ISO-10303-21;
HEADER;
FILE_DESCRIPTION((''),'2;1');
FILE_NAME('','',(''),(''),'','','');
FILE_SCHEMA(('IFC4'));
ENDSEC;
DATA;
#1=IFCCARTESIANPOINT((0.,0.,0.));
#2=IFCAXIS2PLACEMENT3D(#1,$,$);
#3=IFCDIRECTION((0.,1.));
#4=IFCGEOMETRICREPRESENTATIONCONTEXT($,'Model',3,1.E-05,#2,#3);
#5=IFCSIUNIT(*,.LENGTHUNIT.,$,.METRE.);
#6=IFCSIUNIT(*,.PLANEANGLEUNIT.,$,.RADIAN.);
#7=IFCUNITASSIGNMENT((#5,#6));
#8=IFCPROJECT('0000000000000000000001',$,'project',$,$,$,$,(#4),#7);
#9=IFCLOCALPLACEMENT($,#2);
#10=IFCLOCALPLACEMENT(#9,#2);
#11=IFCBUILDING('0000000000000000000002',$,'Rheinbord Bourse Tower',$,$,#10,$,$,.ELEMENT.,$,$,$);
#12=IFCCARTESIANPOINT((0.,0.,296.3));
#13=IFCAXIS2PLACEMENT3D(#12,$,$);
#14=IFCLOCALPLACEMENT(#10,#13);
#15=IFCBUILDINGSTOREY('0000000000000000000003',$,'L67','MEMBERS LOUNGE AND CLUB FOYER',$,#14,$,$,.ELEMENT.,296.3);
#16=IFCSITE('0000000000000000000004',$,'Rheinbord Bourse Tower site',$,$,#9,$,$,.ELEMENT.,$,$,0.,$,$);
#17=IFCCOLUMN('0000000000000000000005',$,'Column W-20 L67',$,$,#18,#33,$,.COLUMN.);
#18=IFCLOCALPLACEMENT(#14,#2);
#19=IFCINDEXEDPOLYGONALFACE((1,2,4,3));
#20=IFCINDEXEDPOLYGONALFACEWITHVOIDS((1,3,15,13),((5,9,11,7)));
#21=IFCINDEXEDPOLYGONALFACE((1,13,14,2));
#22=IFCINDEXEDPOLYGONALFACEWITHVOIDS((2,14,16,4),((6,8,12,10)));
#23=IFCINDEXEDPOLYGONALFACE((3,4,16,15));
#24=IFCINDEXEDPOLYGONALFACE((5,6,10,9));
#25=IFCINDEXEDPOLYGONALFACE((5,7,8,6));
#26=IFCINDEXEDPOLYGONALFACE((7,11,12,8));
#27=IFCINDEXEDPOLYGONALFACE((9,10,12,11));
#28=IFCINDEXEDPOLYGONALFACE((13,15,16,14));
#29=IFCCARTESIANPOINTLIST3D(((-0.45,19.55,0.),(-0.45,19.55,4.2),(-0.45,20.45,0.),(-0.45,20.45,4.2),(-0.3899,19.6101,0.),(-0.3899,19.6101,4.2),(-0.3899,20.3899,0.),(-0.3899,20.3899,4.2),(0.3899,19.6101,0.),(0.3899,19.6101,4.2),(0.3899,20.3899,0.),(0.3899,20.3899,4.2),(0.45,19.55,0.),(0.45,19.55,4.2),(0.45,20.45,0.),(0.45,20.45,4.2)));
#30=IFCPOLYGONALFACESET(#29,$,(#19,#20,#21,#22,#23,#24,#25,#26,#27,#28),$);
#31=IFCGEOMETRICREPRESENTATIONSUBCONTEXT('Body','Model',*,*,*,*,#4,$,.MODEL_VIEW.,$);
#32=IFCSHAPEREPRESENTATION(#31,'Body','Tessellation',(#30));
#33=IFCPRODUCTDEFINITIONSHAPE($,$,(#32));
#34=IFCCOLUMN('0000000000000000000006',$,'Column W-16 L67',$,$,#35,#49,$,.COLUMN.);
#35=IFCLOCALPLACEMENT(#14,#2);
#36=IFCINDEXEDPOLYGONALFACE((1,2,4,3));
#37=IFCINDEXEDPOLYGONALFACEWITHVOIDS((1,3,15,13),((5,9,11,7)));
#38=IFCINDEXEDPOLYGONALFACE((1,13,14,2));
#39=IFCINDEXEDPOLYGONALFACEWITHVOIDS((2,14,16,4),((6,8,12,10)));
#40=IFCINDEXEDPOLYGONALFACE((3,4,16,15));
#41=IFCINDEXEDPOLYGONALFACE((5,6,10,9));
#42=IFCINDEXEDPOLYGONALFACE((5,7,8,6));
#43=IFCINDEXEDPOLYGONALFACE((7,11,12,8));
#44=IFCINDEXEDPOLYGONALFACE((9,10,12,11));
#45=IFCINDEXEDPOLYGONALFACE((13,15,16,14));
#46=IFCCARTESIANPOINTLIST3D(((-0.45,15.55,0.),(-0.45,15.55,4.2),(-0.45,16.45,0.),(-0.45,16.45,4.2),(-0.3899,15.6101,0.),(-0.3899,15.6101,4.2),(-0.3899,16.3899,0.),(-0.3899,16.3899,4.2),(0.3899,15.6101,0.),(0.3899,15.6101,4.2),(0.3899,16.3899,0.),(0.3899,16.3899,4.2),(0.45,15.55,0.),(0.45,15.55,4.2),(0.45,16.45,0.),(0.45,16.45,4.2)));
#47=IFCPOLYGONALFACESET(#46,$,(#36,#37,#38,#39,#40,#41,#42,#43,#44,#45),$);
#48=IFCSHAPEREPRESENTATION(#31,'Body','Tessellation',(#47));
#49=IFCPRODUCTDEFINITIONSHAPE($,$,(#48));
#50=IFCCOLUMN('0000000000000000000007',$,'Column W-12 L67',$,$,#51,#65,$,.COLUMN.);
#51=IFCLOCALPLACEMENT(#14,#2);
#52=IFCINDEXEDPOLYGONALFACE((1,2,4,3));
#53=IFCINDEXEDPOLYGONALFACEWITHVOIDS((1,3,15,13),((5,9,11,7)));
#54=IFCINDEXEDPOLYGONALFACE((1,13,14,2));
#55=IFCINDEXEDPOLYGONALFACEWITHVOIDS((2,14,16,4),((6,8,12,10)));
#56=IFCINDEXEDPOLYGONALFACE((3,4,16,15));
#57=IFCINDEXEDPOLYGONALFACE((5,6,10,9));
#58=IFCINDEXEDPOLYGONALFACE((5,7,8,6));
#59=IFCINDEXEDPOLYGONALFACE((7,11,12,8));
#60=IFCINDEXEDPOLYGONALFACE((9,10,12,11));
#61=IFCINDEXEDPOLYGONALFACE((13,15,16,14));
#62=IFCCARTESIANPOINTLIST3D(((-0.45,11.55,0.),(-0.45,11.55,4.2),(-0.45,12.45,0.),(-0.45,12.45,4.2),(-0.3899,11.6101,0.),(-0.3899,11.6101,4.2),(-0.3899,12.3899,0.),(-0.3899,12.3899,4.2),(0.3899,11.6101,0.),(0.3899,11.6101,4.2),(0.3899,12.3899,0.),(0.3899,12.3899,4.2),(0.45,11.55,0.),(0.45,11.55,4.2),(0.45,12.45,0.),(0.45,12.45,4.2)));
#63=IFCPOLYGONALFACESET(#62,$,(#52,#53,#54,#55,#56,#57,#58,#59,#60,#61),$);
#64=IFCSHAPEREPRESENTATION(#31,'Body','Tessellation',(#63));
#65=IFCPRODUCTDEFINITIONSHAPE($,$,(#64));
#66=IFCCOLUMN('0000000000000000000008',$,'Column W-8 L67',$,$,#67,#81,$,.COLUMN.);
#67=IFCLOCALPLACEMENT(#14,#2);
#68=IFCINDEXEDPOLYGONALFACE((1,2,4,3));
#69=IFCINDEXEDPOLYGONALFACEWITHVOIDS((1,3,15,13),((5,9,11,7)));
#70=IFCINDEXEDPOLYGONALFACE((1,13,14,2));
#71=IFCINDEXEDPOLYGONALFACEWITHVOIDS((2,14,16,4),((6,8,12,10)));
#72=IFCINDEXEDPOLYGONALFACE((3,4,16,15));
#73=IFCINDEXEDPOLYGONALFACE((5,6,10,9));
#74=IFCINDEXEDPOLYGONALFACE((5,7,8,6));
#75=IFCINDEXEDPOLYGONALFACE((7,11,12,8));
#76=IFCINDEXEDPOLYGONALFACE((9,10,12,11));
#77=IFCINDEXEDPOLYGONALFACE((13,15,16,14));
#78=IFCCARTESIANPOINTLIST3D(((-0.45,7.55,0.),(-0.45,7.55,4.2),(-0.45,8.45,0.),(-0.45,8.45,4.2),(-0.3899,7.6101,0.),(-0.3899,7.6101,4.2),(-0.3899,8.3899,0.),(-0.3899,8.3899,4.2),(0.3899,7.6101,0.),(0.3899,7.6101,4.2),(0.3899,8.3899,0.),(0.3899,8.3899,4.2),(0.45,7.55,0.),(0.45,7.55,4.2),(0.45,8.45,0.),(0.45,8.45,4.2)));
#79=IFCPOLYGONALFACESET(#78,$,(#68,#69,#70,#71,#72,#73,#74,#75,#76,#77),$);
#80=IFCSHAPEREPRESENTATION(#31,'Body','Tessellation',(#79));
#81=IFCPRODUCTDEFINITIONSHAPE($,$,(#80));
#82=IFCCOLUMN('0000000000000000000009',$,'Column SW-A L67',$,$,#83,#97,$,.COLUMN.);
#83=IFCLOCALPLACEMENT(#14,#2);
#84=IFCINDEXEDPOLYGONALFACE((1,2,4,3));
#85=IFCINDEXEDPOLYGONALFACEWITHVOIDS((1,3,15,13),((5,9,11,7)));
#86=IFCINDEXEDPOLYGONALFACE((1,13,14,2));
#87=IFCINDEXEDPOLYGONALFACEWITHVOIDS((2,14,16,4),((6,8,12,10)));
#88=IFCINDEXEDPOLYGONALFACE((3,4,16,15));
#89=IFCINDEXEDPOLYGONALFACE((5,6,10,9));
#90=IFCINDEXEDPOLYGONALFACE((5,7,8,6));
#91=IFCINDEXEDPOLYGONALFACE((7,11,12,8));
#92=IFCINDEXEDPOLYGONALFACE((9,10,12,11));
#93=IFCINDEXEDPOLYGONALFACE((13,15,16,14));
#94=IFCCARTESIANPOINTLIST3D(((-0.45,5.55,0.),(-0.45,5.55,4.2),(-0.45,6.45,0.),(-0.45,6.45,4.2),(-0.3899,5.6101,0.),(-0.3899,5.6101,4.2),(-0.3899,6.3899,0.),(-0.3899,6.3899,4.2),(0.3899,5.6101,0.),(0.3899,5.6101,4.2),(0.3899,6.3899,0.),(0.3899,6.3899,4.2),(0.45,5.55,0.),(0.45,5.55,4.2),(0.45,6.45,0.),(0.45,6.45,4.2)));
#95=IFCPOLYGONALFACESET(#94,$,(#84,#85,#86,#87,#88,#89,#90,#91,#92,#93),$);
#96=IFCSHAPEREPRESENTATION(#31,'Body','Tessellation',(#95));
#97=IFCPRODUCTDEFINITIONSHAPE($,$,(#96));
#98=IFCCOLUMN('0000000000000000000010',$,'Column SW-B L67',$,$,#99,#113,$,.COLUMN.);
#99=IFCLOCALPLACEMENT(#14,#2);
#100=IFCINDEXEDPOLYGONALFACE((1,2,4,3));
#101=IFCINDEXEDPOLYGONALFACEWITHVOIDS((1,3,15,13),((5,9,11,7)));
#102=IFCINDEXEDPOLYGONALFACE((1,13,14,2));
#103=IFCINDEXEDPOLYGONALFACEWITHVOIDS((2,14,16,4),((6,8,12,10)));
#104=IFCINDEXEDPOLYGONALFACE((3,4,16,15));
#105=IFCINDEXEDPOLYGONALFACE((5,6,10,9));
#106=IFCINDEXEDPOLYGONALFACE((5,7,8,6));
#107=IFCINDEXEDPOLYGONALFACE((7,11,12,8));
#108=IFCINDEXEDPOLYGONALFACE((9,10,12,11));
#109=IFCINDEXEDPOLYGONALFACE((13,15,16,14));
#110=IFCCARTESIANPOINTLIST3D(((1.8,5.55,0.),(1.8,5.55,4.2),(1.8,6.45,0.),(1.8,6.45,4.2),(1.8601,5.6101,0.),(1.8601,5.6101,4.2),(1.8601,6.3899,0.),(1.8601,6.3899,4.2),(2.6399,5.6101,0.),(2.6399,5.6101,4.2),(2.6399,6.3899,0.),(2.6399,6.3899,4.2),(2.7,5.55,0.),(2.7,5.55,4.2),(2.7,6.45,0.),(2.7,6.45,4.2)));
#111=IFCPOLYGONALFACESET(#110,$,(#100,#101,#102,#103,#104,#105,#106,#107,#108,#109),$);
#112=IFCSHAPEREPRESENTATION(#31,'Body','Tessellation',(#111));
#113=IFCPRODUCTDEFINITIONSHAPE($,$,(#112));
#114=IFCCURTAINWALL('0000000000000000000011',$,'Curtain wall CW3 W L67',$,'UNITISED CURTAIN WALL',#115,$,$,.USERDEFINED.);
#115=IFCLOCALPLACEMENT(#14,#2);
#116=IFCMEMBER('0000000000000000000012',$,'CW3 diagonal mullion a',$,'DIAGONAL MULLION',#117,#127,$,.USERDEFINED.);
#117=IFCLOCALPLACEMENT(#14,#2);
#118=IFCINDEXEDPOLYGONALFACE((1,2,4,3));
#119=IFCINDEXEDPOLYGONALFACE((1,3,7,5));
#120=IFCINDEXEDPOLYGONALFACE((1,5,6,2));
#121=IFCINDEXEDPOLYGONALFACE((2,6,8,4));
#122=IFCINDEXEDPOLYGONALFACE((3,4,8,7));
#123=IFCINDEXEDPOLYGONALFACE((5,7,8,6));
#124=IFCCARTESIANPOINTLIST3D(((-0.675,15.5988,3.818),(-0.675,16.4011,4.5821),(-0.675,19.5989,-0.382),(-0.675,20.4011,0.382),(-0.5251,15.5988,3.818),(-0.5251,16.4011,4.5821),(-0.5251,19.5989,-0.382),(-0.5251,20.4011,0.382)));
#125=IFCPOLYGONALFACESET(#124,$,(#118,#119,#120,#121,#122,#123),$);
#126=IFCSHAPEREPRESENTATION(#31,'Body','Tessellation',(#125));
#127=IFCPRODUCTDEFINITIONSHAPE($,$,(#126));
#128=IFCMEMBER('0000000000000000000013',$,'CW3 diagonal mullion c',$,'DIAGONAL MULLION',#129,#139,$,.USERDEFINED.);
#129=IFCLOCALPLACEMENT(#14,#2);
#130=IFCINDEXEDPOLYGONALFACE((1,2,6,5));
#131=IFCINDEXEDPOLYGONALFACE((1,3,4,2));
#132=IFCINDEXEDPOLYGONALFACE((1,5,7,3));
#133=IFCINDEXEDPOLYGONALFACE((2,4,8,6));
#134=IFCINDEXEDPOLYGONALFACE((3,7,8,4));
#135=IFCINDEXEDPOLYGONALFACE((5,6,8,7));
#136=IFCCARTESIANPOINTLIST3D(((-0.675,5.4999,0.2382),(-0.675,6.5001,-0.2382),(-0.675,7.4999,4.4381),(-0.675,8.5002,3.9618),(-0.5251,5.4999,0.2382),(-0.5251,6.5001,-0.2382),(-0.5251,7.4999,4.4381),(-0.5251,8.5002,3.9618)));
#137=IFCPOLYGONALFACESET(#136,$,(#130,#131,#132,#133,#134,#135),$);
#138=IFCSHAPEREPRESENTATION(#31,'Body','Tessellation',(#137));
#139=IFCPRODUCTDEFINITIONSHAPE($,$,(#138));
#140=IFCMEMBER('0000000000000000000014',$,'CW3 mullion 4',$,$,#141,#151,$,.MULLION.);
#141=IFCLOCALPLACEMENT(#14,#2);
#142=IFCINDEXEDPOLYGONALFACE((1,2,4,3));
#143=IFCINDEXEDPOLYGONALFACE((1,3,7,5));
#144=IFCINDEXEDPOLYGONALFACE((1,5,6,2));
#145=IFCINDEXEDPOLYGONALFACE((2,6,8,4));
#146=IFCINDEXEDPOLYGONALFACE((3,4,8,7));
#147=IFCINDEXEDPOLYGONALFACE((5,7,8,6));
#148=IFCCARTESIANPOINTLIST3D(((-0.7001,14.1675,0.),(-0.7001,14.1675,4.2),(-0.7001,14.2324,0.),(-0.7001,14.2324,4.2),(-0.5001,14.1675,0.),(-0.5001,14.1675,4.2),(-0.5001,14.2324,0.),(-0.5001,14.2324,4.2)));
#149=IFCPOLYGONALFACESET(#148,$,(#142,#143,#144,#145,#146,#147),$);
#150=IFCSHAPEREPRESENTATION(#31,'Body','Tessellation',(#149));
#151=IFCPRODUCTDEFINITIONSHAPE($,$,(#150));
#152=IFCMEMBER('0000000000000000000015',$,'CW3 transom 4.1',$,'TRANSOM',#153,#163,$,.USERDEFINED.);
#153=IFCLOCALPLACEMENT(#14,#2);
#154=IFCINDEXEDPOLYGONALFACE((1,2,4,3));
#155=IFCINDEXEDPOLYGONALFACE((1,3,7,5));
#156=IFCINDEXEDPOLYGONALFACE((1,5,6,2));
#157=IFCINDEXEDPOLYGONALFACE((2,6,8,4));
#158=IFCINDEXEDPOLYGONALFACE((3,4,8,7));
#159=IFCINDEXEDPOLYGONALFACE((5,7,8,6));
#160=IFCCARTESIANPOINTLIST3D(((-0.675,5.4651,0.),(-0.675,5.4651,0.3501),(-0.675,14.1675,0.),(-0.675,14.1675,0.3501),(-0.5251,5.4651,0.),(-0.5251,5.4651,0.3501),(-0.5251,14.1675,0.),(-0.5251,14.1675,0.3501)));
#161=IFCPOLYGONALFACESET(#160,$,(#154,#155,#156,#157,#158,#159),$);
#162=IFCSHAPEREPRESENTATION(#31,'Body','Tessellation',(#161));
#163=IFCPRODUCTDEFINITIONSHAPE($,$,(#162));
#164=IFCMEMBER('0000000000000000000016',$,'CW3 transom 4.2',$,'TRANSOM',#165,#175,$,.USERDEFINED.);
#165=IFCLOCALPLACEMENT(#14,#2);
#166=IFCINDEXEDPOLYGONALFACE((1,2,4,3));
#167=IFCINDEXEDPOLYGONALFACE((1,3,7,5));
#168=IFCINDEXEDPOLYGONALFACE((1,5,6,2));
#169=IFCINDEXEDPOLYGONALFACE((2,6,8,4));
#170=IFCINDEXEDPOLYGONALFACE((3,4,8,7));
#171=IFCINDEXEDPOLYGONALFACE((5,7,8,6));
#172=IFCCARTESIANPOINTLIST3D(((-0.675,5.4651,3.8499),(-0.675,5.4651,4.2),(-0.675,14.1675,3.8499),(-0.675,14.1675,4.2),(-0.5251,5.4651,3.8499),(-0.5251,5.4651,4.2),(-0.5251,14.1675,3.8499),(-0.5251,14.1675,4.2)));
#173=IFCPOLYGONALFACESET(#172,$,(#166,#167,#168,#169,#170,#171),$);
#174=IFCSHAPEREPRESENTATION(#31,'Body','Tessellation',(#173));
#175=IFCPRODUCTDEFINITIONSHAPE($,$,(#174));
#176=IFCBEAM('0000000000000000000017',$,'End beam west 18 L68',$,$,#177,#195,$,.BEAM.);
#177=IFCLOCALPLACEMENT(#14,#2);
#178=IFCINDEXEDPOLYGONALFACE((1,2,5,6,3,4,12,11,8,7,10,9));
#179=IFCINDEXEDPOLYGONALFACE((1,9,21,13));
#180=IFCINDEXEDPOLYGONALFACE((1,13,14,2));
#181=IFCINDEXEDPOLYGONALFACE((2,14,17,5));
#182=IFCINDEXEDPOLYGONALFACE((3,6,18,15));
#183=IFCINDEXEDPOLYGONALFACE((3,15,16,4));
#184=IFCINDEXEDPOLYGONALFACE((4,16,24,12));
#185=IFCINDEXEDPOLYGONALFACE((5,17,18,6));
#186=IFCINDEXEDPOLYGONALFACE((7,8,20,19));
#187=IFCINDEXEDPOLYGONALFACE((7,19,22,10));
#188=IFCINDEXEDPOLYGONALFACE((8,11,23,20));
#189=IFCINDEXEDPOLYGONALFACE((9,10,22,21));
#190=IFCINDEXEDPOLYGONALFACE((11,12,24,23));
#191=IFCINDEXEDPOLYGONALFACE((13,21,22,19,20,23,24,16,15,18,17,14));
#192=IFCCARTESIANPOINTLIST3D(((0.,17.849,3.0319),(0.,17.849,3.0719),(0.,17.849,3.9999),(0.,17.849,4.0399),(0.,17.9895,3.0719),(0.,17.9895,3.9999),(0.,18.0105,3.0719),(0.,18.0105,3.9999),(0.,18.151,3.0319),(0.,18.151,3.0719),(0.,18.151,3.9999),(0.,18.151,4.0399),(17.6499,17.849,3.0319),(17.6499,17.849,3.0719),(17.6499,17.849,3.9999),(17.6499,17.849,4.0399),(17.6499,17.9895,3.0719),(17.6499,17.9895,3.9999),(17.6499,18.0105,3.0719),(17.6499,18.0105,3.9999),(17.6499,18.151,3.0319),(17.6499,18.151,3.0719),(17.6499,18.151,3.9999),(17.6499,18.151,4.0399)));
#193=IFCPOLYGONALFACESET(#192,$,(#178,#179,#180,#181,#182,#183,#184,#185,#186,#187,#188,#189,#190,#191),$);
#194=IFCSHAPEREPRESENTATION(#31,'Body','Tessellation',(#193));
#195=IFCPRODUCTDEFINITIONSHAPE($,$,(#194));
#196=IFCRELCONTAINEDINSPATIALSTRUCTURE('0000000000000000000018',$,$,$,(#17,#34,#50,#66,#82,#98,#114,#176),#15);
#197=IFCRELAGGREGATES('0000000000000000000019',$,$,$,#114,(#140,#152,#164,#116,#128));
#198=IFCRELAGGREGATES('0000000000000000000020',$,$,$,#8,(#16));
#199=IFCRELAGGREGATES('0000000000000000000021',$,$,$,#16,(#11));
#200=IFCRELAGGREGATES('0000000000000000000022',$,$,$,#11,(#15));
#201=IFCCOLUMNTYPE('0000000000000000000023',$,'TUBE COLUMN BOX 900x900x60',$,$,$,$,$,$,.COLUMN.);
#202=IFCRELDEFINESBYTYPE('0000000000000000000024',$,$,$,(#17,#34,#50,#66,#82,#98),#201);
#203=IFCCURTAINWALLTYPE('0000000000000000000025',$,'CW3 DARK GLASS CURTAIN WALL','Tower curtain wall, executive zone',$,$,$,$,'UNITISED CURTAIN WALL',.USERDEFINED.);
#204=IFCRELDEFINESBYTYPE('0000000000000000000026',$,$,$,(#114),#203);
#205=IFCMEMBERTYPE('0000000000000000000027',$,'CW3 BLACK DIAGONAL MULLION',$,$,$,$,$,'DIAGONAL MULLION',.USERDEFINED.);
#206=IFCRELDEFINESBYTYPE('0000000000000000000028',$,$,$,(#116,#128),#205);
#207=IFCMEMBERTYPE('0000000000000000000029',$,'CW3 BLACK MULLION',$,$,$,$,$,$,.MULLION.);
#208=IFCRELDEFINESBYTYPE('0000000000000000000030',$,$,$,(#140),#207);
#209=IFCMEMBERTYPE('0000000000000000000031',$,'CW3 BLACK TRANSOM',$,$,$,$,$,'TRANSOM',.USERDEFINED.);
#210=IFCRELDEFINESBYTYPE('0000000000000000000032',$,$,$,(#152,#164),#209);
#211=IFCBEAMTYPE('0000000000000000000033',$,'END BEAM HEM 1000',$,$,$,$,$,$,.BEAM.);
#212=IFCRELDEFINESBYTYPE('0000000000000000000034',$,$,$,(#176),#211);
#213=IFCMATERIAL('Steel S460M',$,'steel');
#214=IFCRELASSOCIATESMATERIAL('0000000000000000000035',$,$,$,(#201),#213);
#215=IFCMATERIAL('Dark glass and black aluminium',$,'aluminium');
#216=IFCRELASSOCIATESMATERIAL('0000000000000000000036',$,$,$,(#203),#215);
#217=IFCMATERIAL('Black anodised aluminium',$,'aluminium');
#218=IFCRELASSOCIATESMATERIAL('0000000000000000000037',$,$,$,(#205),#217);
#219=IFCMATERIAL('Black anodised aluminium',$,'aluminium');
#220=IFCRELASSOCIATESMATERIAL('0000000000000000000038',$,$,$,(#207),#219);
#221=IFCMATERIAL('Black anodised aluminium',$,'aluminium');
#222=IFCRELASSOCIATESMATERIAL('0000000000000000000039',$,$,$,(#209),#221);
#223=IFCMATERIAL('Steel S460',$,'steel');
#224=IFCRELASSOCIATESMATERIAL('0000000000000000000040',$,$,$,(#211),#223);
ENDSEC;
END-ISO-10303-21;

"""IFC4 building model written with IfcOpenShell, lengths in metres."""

from ifc_helpers import new_model, si_unit, direction, frame, origin, origin_2d, place, context, subcontext, project, spatial, rectangle, hollow_rectangle, i_section, extrude, material, material_profile, profile_set, type_object, element, aggregate, save


model = new_model("IFC4")

# Units and contexts
model_context = context("Model", 3, precision=1e-05, world=origin(), true_north=direction((0.0, 1.0)))
body_context = subcontext(model_context, "Body", "Model", "MODEL_VIEW")
ifc_project = project(units=[si_unit("LENGTHUNIT", "METRE"), si_unit("PLANEANGLEUNIT", "RADIAN")], contexts=[model_context])

# Site, building, storey
site_placement = place(None, origin())
site = spatial("IfcSite", under=ifc_project, at=site_placement, Name="Rheinbord Bourse Tower site", CompositionType="ELEMENT", RefElevation=0.0)
building_placement = place(site_placement, origin())
building = spatial("IfcBuilding", under=site, at=building_placement, Name="Rheinbord Bourse Tower", CompositionType="ELEMENT")
storey_placement = place(building_placement, frame((0.0, 0.0, 296.3)))
storey = spatial("IfcBuildingStorey", under=building, at=storey_placement, Name="L67", Description="MEMBERS LOUNGE AND CLUB FOYER", CompositionType="ELEMENT", Elevation=296.3)

# Columns
ifc_material_1 = material(Name="Steel S460M", Category="steel")
ifc_material_profile_1 = material_profile(ifc_material_1, hollow_rectangle(XDim=0.8999, YDim=0.8999, WallThickness=0.0601, at=origin_2d()), Name="BOX 900x900x60")
ifc_profile_set_1 = profile_set([ifc_material_profile_1], Name="Steel S460M")
column_type = type_object("IfcColumnType", Name="TUBE COLUMN BOX 900x900x60", PredefinedType="COLUMN", material=ifc_profile_set_1)
for number, where, z_axis, x_axis, name in (
    (1, (0.0, 20.0, 0.0), (0.0, 0.0, 1.0), (1.0, 0.0, 0.0), "Column W-20 L67"),
    (2, (0.0, 16.0, 0.0), (0.0, 0.0, 1.0), (1.0, 0.0, 0.0), "Column W-16 L67"),
    (3, (0.0, 12.0, 0.0), (0.0, 0.0, 1.0), (1.0, 0.0, 0.0), "Column W-12 L67"),
    (4, (0.0, 8.0, 0.0), (0.0, 0.0, 1.0), (1.0, 0.0, 0.0), "Column W-8 L67"),
    (5, (0.0, 6.0, 0.0), (0.0, 0.0, 1.0), (1.0, 0.0, 0.0), "Column SW-A L67"),
    (6, (2.25, 6.0, 0.0), (0.0, 0.0, 1.0), (1.0, 0.0, 0.0), "Column SW-B L67"),
):
    element("IfcColumn", number, at=place(storey_placement, frame(where, z_axis=z_axis, x_axis=x_axis)), inside=storey, type_object=column_type, Name=name, PredefinedType="COLUMN", context=body_context, shape_type="SweptSolid", body=[
        extrude(hollow_rectangle(XDim=0.8999, YDim=0.8999, WallThickness=0.0601, at=origin_2d()), origin(), (0.0, 0.0, 1.0), 4.2),
    ])

# Curtain wall, members
ifc_material_2 = material(Name="Dark glass and black aluminium", Category="aluminium")
curtain_wall_type = type_object("IfcCurtainWallType", Name="CW3 DARK GLASS CURTAIN WALL", Description="Tower curtain wall, executive zone", ElementType="UNITISED CURTAIN WALL", PredefinedType="USERDEFINED", material=ifc_material_2)
curtain_wall_placement = place(storey_placement, origin())
curtain_wall = element("IfcCurtainWall", 7, at=curtain_wall_placement, inside=storey, type_object=curtain_wall_type, Name="Curtain wall CW3 W L67", ObjectType="UNITISED CURTAIN WALL", PredefinedType="USERDEFINED")
ifc_material_3 = material(Name="Black anodised aluminium", Category="aluminium")
ifc_material_profile_2 = material_profile(ifc_material_3, rectangle(XDim=0.1499, YDim=1.1079, at=origin_2d()), Name="CW3 DIAGONAL MULLION 1108x150")
ifc_profile_set_2 = profile_set([ifc_material_profile_2], Name="Black anodised aluminium")
member_type_1 = type_object("IfcMemberType", Name="CW3 BLACK DIAGONAL MULLION", ElementType="DIAGONAL MULLION", PredefinedType="USERDEFINED", material=ifc_profile_set_2)
member_1_placement = place(storey_placement, frame((-0.6001, 20.0, 0.0), z_axis=(0.0, -0.689659, 0.724134), x_axis=(1.0, 0.0, 0.0)))
member_1 = element("IfcMember", 8, at=member_1_placement, type_object=member_type_1, Name="CW3 diagonal mullion a", ObjectType="DIAGONAL MULLION", PredefinedType="USERDEFINED", context=body_context, shape_type="SweptSolid", body=[
    extrude(rectangle(XDim=0.1499, YDim=1.1079, at=origin_2d()), origin(), (0.0, 0.0, 1.0), 5.8),
])
member_2_placement = place(storey_placement, frame((-0.6001, 6.0, 0.0), z_axis=(0.0, 0.429938, 0.902859), x_axis=(-1.0, 0.0, 0.0)))
member_2 = element("IfcMember", 9, at=member_2_placement, type_object=member_type_1, Name="CW3 diagonal mullion c", ObjectType="DIAGONAL MULLION", PredefinedType="USERDEFINED", context=body_context, shape_type="SweptSolid", body=[
    extrude(rectangle(XDim=0.1499, YDim=1.1079, at=origin_2d()), origin(), (0.0, 0.0, 1.0), 4.6519),
])
ifc_material_4 = material(Name="Black anodised aluminium", Category="aluminium")
ifc_material_profile_3 = material_profile(ifc_material_4, rectangle(XDim=0.2, YDim=0.0649, at=origin_2d()), Name="CW3 MULLION 65x200")
ifc_profile_set_3 = profile_set([ifc_material_profile_3], Name="Black anodised aluminium")
member_type_2 = type_object("IfcMemberType", Name="CW3 BLACK MULLION", PredefinedType="MULLION", material=ifc_profile_set_3)
member_3_placement = place(storey_placement, frame((-0.6001, 14.2, 0.0), z_axis=(0.0, 0.0, 1.0), x_axis=(1.0, 0.0, 0.0)))
member_3 = element("IfcMember", 10, at=member_3_placement, type_object=member_type_2, Name="CW3 mullion 4", PredefinedType="MULLION", context=body_context, shape_type="SweptSolid", body=[
    extrude(rectangle(XDim=0.2, YDim=0.0649, at=origin_2d()), origin(), (0.0, 0.0, 1.0), 4.2),
])
ifc_material_5 = material(Name="Black anodised aluminium", Category="aluminium")
ifc_material_profile_4 = material_profile(ifc_material_5, rectangle(XDim=0.1499, YDim=0.3501, at=origin_2d()), Name="CW3 TRANSOM 350x150")
ifc_profile_set_4 = profile_set([ifc_material_profile_4], Name="Black anodised aluminium")
member_type_3 = type_object("IfcMemberType", Name="CW3 BLACK TRANSOM", ElementType="TRANSOM", PredefinedType="USERDEFINED", material=ifc_profile_set_4)
member_4_placement = place(storey_placement, frame((-0.6001, 14.1675, 0.175), z_axis=(0.0, -1.0, 0.0), x_axis=(1.0, 0.0, 0.0)))
member_4 = element("IfcMember", 11, at=member_4_placement, type_object=member_type_3, Name="CW3 transom 4.1", ObjectType="TRANSOM", PredefinedType="USERDEFINED", context=body_context, shape_type="SweptSolid", body=[
    extrude(rectangle(XDim=0.1499, YDim=0.3501, at=origin_2d()), origin(), (0.0, 0.0, 1.0), 8.7024),
])
member_5_placement = place(storey_placement, frame((-0.6001, 14.1675, 4.0249), z_axis=(0.0, -1.0, 0.0), x_axis=(1.0, 0.0, 0.0)))
member_5 = element("IfcMember", 12, at=member_5_placement, type_object=member_type_3, Name="CW3 transom 4.2", ObjectType="TRANSOM", PredefinedType="USERDEFINED", context=body_context, shape_type="SweptSolid", body=[
    extrude(rectangle(XDim=0.1499, YDim=0.3501, at=origin_2d()), origin(), (0.0, 0.0, 1.0), 8.7024),
])

# Beam
ifc_material_6 = material(Name="Steel S460", Category="steel")
ifc_material_profile_5 = material_profile(ifc_material_6, i_section(OverallWidth=0.302, OverallDepth=1.0081, WebThickness=0.021, FlangeThickness=0.04, at=origin_2d()), Name="HEM 1000")
ifc_profile_set_5 = profile_set([ifc_material_profile_5], Name="Steel S460")
beam_type_1 = type_object("IfcBeamType", Name="END BEAM HEM 1000", PredefinedType="BEAM", material=ifc_profile_set_5)
for number, where, z_axis, x_axis, name in (
    (13, (0.0, 18.0, 3.5359), (1.0, 0.0, 0.0), (0.0, 1.0, 0.0), "End beam west 18 L68"),
):
    element("IfcBeam", number, at=place(storey_placement, frame(where, z_axis=z_axis, x_axis=x_axis)), inside=storey, type_object=beam_type_1, Name=name, PredefinedType="BEAM", context=body_context, shape_type="SweptSolid", body=[
        extrude(i_section(OverallWidth=0.302, OverallDepth=1.0081, WebThickness=0.021, FlangeThickness=0.04, at=origin_2d()), origin(), (0.0, 0.0, 1.0), 17.6499),
    ])

aggregate(curtain_wall, [member_3, member_4, member_5, member_1, member_2])

save(model, "model.ifc")
